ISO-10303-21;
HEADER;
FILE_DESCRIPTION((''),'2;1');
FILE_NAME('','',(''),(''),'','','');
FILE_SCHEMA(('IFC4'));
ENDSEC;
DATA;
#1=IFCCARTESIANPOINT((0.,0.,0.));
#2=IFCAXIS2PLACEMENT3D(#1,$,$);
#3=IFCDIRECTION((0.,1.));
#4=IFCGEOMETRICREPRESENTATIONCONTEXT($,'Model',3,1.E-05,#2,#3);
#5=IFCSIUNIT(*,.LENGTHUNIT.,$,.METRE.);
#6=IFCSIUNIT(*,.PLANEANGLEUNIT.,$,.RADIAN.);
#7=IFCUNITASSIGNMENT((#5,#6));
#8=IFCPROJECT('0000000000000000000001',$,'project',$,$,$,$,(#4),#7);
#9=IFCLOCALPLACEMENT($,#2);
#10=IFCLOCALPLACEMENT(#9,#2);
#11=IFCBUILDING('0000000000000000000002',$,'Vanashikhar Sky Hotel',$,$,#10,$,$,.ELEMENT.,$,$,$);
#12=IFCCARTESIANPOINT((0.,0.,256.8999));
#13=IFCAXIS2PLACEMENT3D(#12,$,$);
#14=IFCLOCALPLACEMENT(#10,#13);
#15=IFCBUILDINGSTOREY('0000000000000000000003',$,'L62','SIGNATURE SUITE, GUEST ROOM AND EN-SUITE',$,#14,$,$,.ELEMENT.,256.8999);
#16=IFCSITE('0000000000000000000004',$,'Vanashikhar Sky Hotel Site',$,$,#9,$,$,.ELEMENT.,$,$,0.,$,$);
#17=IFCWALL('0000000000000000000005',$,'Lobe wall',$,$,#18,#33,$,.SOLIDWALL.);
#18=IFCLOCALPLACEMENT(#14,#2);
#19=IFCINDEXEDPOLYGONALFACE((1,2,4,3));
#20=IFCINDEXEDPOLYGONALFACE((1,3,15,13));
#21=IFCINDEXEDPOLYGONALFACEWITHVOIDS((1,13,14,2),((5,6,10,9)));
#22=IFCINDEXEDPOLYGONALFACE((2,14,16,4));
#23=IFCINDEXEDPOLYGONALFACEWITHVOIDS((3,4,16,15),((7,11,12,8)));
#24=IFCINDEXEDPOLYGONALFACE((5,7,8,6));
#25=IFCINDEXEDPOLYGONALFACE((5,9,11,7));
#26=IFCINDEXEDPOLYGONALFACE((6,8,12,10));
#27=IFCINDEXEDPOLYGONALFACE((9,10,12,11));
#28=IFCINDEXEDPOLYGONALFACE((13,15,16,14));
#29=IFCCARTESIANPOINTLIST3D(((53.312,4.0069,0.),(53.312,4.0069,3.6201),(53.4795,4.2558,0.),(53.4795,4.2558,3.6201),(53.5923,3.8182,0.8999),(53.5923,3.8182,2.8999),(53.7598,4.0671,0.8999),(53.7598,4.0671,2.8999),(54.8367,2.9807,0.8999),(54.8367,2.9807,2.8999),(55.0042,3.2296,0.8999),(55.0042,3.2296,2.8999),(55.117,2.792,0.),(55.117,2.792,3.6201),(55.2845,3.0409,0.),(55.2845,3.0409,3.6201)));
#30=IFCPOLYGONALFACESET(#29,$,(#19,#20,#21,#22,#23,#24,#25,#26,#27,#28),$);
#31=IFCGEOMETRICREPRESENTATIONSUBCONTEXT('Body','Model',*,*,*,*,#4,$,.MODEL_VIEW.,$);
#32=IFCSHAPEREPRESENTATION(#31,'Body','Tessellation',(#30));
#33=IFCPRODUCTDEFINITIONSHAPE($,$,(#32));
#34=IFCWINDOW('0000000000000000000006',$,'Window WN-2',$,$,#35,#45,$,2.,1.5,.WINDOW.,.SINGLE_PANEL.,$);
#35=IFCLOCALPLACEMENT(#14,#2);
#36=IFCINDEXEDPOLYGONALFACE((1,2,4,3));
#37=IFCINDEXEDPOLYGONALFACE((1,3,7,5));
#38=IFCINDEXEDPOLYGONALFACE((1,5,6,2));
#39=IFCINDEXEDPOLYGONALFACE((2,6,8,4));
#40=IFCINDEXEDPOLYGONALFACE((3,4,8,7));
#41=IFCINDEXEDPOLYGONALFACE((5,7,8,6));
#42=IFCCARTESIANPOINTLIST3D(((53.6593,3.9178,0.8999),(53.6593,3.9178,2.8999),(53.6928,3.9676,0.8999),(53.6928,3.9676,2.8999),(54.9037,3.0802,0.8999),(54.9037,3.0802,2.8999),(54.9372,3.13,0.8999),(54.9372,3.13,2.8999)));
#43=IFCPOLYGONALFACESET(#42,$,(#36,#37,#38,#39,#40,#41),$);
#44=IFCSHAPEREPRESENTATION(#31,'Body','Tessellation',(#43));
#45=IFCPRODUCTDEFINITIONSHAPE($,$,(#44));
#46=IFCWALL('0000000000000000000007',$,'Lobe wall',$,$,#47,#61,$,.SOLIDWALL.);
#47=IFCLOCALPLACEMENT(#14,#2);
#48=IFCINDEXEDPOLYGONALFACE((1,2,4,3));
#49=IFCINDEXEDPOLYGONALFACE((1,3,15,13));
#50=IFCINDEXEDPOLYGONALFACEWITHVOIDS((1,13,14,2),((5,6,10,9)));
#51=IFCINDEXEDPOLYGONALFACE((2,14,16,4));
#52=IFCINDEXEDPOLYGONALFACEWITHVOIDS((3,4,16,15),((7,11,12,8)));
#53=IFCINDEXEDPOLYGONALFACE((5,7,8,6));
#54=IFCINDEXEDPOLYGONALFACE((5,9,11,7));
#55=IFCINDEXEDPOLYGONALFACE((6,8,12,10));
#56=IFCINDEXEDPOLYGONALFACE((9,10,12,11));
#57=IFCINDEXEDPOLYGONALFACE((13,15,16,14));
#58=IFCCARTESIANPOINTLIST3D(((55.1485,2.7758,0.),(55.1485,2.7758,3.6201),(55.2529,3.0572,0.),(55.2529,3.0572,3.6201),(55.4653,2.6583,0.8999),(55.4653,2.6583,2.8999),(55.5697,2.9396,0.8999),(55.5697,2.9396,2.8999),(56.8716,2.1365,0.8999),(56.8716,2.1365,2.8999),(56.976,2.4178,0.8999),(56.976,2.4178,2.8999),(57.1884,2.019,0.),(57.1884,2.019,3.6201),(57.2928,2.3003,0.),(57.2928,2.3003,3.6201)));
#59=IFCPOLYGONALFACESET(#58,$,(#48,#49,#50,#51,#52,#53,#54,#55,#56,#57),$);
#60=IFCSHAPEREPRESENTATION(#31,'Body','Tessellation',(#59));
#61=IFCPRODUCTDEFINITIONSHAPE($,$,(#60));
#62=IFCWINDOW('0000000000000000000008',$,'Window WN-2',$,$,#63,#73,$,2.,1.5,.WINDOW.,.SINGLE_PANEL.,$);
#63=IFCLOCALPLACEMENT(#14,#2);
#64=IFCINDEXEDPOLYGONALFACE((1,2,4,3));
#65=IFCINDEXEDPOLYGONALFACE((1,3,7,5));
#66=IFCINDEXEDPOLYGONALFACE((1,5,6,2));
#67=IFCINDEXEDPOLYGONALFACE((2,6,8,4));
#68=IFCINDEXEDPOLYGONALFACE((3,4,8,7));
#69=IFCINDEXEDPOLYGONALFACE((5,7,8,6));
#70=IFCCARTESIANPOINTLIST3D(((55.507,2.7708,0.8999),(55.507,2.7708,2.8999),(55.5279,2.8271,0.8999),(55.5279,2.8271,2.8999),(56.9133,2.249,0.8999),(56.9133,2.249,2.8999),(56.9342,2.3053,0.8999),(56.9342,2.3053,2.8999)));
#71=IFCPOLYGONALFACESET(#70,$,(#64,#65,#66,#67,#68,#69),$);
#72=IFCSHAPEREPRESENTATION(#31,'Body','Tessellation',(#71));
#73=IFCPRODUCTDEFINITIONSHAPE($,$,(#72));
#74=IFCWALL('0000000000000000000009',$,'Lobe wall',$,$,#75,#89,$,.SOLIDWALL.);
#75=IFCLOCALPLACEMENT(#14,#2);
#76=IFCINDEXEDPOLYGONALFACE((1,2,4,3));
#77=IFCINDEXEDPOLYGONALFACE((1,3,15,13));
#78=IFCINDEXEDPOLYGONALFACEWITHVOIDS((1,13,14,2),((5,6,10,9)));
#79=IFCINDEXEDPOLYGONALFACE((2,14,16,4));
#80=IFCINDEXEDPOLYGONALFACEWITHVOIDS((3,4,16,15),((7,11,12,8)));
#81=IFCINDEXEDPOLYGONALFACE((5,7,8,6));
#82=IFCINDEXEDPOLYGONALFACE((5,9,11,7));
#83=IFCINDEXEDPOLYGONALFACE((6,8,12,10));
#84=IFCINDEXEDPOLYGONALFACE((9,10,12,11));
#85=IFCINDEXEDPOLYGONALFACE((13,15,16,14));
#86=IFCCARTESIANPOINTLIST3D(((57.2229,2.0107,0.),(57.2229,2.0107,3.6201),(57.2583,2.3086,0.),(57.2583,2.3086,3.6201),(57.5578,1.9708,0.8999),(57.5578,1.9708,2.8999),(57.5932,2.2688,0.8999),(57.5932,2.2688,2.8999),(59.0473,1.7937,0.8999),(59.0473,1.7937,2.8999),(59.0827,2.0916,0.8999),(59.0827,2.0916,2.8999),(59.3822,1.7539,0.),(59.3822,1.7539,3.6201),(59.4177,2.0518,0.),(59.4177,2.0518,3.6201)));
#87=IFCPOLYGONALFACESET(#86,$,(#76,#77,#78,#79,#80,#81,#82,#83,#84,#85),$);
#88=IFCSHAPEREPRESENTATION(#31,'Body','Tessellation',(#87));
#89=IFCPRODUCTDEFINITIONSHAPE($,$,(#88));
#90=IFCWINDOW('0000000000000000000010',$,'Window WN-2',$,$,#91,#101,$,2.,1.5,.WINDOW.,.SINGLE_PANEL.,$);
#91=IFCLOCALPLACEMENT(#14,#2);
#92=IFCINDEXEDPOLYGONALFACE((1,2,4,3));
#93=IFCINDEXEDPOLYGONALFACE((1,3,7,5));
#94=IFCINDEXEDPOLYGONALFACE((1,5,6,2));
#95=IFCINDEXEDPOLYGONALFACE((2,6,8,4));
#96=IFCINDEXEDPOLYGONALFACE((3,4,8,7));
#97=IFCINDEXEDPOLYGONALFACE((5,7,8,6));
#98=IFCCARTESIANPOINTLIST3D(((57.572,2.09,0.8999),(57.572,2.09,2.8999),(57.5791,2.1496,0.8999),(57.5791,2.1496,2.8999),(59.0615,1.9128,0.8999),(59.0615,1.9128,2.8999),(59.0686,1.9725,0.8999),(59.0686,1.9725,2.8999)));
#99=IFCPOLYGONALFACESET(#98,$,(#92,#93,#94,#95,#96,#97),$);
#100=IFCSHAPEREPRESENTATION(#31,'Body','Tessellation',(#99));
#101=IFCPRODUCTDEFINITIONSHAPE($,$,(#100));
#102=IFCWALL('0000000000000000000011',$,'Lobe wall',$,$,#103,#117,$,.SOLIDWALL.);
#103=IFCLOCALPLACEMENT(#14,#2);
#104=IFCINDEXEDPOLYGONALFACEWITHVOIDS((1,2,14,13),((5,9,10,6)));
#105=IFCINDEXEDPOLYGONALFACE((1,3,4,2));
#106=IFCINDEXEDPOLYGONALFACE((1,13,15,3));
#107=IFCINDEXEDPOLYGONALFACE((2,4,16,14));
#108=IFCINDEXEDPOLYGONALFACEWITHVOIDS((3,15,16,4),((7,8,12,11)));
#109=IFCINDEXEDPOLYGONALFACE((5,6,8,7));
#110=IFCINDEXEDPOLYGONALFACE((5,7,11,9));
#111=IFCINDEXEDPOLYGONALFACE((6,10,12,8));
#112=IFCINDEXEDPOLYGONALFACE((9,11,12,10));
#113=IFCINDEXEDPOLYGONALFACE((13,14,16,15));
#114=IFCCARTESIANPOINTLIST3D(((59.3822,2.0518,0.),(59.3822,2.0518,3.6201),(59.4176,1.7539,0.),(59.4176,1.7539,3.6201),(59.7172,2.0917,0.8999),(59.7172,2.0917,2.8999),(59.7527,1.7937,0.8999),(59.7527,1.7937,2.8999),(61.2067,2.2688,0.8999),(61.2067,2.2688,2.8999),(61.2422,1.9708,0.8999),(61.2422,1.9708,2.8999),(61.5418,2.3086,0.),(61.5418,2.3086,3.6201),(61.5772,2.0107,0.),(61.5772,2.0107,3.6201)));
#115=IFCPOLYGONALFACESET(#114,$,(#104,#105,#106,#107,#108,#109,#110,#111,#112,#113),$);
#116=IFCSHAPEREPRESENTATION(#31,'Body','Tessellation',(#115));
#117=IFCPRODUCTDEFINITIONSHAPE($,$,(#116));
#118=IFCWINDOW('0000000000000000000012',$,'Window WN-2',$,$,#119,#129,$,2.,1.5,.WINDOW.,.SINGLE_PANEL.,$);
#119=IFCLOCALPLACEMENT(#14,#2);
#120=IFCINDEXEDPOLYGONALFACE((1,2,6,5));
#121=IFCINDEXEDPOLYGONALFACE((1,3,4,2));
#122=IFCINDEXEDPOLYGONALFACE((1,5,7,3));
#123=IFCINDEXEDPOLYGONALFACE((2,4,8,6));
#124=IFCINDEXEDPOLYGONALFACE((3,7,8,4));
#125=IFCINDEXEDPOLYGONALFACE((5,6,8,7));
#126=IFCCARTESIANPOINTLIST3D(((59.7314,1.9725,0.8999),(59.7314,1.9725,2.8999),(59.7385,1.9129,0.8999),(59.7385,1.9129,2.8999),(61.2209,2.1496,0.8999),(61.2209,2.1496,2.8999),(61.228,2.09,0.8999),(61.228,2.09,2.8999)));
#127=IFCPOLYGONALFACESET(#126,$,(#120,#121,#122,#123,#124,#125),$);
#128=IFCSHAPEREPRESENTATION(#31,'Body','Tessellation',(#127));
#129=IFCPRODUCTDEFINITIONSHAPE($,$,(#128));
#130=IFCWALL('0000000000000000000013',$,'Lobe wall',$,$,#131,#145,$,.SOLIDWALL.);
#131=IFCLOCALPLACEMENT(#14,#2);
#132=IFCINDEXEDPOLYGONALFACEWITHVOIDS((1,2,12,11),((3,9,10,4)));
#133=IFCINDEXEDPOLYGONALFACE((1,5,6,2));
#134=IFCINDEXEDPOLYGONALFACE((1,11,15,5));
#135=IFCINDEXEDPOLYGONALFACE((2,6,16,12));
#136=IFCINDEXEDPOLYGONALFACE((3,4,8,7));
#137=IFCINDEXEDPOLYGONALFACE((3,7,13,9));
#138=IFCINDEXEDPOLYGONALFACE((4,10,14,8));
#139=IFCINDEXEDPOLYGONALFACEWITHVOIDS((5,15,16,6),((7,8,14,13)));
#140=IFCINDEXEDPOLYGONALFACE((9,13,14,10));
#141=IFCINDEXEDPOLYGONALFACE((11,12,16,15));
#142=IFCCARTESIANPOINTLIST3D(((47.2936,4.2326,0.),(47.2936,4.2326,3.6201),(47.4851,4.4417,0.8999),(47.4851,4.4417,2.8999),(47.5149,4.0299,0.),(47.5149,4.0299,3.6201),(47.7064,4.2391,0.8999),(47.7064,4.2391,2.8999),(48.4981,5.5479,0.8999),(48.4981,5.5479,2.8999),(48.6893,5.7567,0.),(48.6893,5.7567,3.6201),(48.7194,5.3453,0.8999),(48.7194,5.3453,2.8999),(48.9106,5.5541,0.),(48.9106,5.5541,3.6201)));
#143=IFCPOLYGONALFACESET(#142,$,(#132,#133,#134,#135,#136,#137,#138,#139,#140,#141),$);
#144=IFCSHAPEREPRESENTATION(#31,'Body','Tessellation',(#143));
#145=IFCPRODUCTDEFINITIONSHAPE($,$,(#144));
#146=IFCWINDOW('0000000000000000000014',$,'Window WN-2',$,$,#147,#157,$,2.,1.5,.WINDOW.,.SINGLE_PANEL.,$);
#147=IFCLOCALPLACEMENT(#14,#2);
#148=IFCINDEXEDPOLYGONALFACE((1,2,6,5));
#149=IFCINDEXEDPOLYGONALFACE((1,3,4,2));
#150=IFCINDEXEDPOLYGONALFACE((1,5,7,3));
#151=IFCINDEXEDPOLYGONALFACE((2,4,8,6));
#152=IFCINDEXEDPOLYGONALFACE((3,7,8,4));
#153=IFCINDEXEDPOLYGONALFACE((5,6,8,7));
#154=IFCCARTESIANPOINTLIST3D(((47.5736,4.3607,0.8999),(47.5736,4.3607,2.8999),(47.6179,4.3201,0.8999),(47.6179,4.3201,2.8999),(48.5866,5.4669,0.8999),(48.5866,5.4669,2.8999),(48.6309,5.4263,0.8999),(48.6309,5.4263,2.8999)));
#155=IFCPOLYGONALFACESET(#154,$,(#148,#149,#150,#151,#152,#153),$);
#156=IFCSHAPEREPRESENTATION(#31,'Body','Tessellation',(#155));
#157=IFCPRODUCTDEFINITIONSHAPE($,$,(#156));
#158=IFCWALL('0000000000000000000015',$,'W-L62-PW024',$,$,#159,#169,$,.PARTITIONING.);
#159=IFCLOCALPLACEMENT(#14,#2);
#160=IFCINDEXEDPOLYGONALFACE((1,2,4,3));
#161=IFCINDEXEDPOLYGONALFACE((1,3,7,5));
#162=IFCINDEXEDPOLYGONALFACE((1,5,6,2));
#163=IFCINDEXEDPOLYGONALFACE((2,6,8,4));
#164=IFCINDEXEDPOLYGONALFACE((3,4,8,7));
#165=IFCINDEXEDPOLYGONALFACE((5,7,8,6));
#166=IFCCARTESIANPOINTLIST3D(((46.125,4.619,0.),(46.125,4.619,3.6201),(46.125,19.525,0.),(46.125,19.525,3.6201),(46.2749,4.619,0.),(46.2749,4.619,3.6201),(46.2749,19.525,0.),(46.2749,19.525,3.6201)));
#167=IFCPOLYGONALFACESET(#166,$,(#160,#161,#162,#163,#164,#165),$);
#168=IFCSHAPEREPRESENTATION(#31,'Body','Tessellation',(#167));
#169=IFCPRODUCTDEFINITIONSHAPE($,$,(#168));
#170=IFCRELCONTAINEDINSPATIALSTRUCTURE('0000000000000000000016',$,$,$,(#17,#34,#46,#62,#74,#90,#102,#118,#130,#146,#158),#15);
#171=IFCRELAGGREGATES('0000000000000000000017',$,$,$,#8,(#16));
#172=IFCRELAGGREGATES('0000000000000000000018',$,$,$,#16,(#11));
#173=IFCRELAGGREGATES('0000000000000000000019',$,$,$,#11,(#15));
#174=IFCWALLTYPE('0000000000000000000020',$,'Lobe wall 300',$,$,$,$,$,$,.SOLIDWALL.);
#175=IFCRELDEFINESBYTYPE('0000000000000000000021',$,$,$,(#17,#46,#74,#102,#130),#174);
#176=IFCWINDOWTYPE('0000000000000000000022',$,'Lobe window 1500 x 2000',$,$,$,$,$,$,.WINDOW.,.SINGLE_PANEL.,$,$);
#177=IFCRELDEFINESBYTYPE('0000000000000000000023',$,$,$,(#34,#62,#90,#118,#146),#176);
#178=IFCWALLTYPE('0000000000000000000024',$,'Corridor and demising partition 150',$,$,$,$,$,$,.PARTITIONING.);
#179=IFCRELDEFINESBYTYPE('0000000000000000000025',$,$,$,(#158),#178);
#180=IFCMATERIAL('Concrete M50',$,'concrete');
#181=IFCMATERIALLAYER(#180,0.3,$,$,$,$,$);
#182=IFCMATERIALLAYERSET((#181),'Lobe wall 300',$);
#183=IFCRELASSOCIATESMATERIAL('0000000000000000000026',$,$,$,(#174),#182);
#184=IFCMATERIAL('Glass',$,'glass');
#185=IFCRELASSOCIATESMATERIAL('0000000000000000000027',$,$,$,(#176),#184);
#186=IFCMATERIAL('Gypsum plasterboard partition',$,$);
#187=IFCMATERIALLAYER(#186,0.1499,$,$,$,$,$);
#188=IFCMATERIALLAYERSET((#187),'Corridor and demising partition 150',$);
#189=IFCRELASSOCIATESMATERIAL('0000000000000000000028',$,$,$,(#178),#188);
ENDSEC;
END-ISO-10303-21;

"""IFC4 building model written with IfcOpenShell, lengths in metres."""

from ifc_helpers import new_model, si_unit, direction, frame, frame_2d, origin, place, context, subcontext, project, spatial, rectangle, extrude, source, transform, mapped, material, layer, layer_set, type_object, element, fill, save


model = new_model("IFC4")

# Units and contexts
model_context = context("Model", 3, precision=1e-05, world=origin(), true_north=direction((0.0, 1.0)))
body_context = subcontext(model_context, "Body", "Model", "MODEL_VIEW")
ifc_project = project(units=[si_unit("LENGTHUNIT", "METRE"), si_unit("PLANEANGLEUNIT", "RADIAN")], contexts=[model_context])

# Site, building, storey
site_placement = place(None, origin())
site = spatial("IfcSite", under=ifc_project, at=site_placement, Name="Vanashikhar Sky Hotel Site", CompositionType="ELEMENT", RefElevation=0.0)
building_placement = place(site_placement, origin())
building = spatial("IfcBuilding", under=site, at=building_placement, Name="Vanashikhar Sky Hotel", CompositionType="ELEMENT")
storey_placement = place(building_placement, frame((0.0, 0.0, 256.8999)))
storey = spatial("IfcBuildingStorey", under=building, at=storey_placement, Name="L62", Description="SIGNATURE SUITE, GUEST ROOM AND EN-SUITE", CompositionType="ELEMENT", Elevation=256.8999)

# Walls, openings, windows
ifc_material_1 = material(Name="Concrete M50", Category="concrete")
ifc_layer_1 = layer(ifc_material_1, 0.3)
ifc_layer_set_1 = layer_set([ifc_layer_1], Name="Lobe wall 300")
wall_type_1 = type_object("IfcWallType", Name="Lobe wall 300", PredefinedType="SOLIDWALL", material=ifc_layer_set_1)
shared_shape_1 = source(origin(), body_context, "Body", "SweptSolid", [
    extrude(rectangle(XDim=2.1758, YDim=0.3, at=frame_2d((1.0879, 0.0))), origin(), (0.0, 0.0, 1.0), 3.6201),
])
wall_1_placement = place(storey_placement, frame((53.3958, 4.1313, 0.0), z_axis=(0.0, 0.0, 1.0), x_axis=(0.829591, -0.558372, 0.0)))
wall_1 = element("IfcWall", 1, at=wall_1_placement, inside=storey, type_object=wall_type_1, Name="Lobe wall", PredefinedType="SOLIDWALL", context=body_context, shape_type="MappedRepresentation", body=[
    mapped(shared_shape_1, transform((0.0, 0.0, 0.0), scale=1.0)),
])
shared_shape_2 = source(origin(), body_context, "Body", "SweptSolid", [
    extrude(rectangle(XDim=1.5, YDim=2.0, at=frame_2d((0.75, 1.0))), frame((0.0, 0.1602, 0.0), z_axis=(0.0, -1.0, 0.0), x_axis=(1.0, 0.0, 0.0)), (0.0, 0.0, 1.0), 0.3201),
])
opening_1_placement = place(wall_1_placement, frame((0.3379, 0.0, 0.8999)))
opening_1 = element("IfcOpeningElement", 2, at=opening_1_placement, cuts=wall_1, PredefinedType="OPENING", context=body_context, shape_type="MappedRepresentation", body=[
    mapped(shared_shape_2, transform((0.0, 0.0, 0.0), scale=1.0)),
])
ifc_material_2 = material(Name="Glass", Category="glass")
window_type = type_object("IfcWindowType", Name="Lobe window 1500 x 2000", PartitioningType="SINGLE_PANEL", PredefinedType="WINDOW", material=ifc_material_2)
shared_shape_3 = source(origin(), body_context, "Body", "SweptSolid", [
    extrude(rectangle(XDim=1.5, YDim=2.0, at=frame_2d((0.75, 1.0))), frame((0.0, 0.03, 0.0), z_axis=(0.0, -1.0, 0.0), x_axis=(1.0, 0.0, 0.0)), (0.0, 0.0, 1.0), 0.0601),
])
window_1_placement = place(opening_1_placement, origin())
window_1 = element("IfcWindow", 3, at=window_1_placement, inside=storey, type_object=window_type, Name="Window WN-2", OverallHeight=2.0, OverallWidth=1.5, PartitioningType="SINGLE_PANEL", PredefinedType="WINDOW", context=body_context, shape_type="MappedRepresentation", body=[
    mapped(shared_shape_3, transform((0.0, 0.0, 0.0), scale=1.0)),
])
fill(opening_1, window_1)
wall_2_placement = place(storey_placement, frame((55.2007, 2.9165, 0.0), z_axis=(0.0, 0.0, 1.0), x_axis=(0.937546, -0.347863, 0.0)))
wall_2 = element("IfcWall", 4, at=wall_2_placement, inside=storey, type_object=wall_type_1, Name="Lobe wall", PredefinedType="SOLIDWALL", context=body_context, shape_type="MappedRepresentation", body=[
    mapped(shared_shape_1, transform((0.0, 0.0, 0.0), scale=1.0)),
])
opening_2_placement = place(wall_2_placement, frame((0.3379, 0.0, 0.8999)))
opening_2 = element("IfcOpeningElement", 5, at=opening_2_placement, cuts=wall_2, PredefinedType="OPENING", context=body_context, shape_type="MappedRepresentation", body=[
    mapped(shared_shape_2, transform((0.0, 0.0, 0.0), scale=1.0)),
])
window_2_placement = place(opening_2_placement, origin())
window_2 = element("IfcWindow", 6, at=window_2_placement, inside=storey, type_object=window_type, Name="Window WN-2", OverallHeight=2.0, OverallWidth=1.5, PartitioningType="SINGLE_PANEL", PredefinedType="WINDOW", context=body_context, shape_type="MappedRepresentation", body=[
    mapped(shared_shape_3, transform((0.0, 0.0, 0.0), scale=1.0)),
])
fill(opening_2, window_2)
shared_shape_4 = source(origin(), body_context, "Body", "SweptSolid", [
    extrude(rectangle(XDim=2.1746, YDim=0.3, at=frame_2d((1.0874, 0.0))), origin(), (0.0, 0.0, 1.0), 3.6201),
])
wall_3_placement = place(storey_placement, frame((57.2405, 2.1597, 0.0), z_axis=(0.0, 0.0, 1.0), x_axis=(0.993001, -0.118105, 0.0)))
wall_3 = element("IfcWall", 7, at=wall_3_placement, inside=storey, type_object=wall_type_1, Name="Lobe wall", PredefinedType="SOLIDWALL", context=body_context, shape_type="MappedRepresentation", body=[
    mapped(shared_shape_4, transform((0.0, 0.0, 0.0), scale=1.0)),
])
opening_3_placement = place(wall_3_placement, frame((0.3374, 0.0, 0.8999)))
opening_3 = element("IfcOpeningElement", 8, at=opening_3_placement, cuts=wall_3, PredefinedType="OPENING", context=body_context, shape_type="MappedRepresentation", body=[
    mapped(shared_shape_2, transform((0.0, 0.0, 0.0), scale=1.0)),
])
window_3_placement = place(opening_3_placement, origin())
window_3 = element("IfcWindow", 9, at=window_3_placement, inside=storey, type_object=window_type, Name="Window WN-2", OverallHeight=2.0, OverallWidth=1.5, PartitioningType="SINGLE_PANEL", PredefinedType="WINDOW", context=body_context, shape_type="MappedRepresentation", body=[
    mapped(shared_shape_3, transform((0.0, 0.0, 0.0), scale=1.0)),
])
fill(opening_3, window_3)
shared_shape_5 = source(origin(), body_context, "Body", "SweptSolid", [
    extrude(rectangle(XDim=2.1748, YDim=0.3, at=frame_2d((1.0874, 0.0))), origin(), (0.0, 0.0, 1.0), 3.6201),
])
wall_4_placement = place(storey_placement, frame((59.3999, 1.9028, 0.0), z_axis=(0.0, 0.0, 1.0), x_axis=(0.993003, 0.118092, 0.0)))
wall_4 = element("IfcWall", 10, at=wall_4_placement, inside=storey, type_object=wall_type_1, Name="Lobe wall", PredefinedType="SOLIDWALL", context=body_context, shape_type="MappedRepresentation", body=[
    mapped(shared_shape_5, transform((0.0, 0.0, 0.0), scale=1.0)),
])
opening_4_placement = place(wall_4_placement, frame((0.3374, 0.0, 0.8999)))
opening_4 = element("IfcOpeningElement", 11, at=opening_4_placement, cuts=wall_4, PredefinedType="OPENING", context=body_context, shape_type="MappedRepresentation", body=[
    mapped(shared_shape_2, transform((0.0, 0.0, 0.0), scale=1.0)),
])
window_4_placement = place(opening_4_placement, origin())
window_4 = element("IfcWindow", 12, at=window_4_placement, inside=storey, type_object=window_type, Name="Window WN-2", OverallHeight=2.0, OverallWidth=1.5, PartitioningType="SINGLE_PANEL", PredefinedType="WINDOW", context=body_context, shape_type="MappedRepresentation", body=[
    mapped(shared_shape_3, transform((0.0, 0.0, 0.0), scale=1.0)),
])
fill(opening_4, window_4)
shared_shape_6 = source(origin(), body_context, "Body", "SweptSolid", [
    extrude(rectangle(XDim=2.0667, YDim=0.3, at=frame_2d((1.0332, 0.0))), origin(), (0.0, 0.0, 1.0), 3.6201),
])
wall_5_placement = place(storey_placement, frame((47.4043, 4.1313, 0.0), z_axis=(0.0, 0.0, 1.0), x_axis=(0.675355, 0.737492, 0.0)))
wall_5 = element("IfcWall", 13, at=wall_5_placement, inside=storey, type_object=wall_type_1, Name="Lobe wall", PredefinedType="SOLIDWALL", context=body_context, shape_type="MappedRepresentation", body=[
    mapped(shared_shape_6, transform((0.0, 0.0, 0.0), scale=1.0)),
])
opening_5_placement = place(wall_5_placement, frame((0.2834, 0.0, 0.8999)))
opening_5 = element("IfcOpeningElement", 14, at=opening_5_placement, cuts=wall_5, PredefinedType="OPENING", context=body_context, shape_type="MappedRepresentation", body=[
    mapped(shared_shape_2, transform((0.0, 0.0, 0.0), scale=1.0)),
])
window_5_placement = place(opening_5_placement, origin())
window_5 = element("IfcWindow", 15, at=window_5_placement, inside=storey, type_object=window_type, Name="Window WN-2", OverallHeight=2.0, OverallWidth=1.5, PartitioningType="SINGLE_PANEL", PredefinedType="WINDOW", context=body_context, shape_type="MappedRepresentation", body=[
    mapped(shared_shape_3, transform((0.0, 0.0, 0.0), scale=1.0)),
])
fill(opening_5, window_5)

# Wall
ifc_material_3 = material(Name="Gypsum plasterboard partition")
ifc_layer_2 = layer(ifc_material_3, 0.1499)
ifc_layer_set_2 = layer_set([ifc_layer_2], Name="Corridor and demising partition 150")
wall_type_2 = type_object("IfcWallType", Name="Corridor and demising partition 150", PredefinedType="PARTITIONING", material=ifc_layer_set_2)
shared_shape_7 = source(origin(), body_context, "Body", "SweptSolid", [
    extrude(rectangle(XDim=14.906, YDim=0.1499, at=frame_2d((7.4531, 0.0))), origin(), (0.0, 0.0, 1.0), 3.6201),
])
for number, where, z_axis, x_axis, name in (
    (16, (46.2, 4.6189, 0.0), (0.0, 0.0, 1.0), (0.0, 1.0, 0.0), "W-L62-PW024"),
):
    element("IfcWall", number, at=place(storey_placement, frame(where, z_axis=z_axis, x_axis=x_axis)), inside=storey, type_object=wall_type_2, Name=name, PredefinedType="PARTITIONING", context=body_context, shape_type="MappedRepresentation", body=[
        mapped(shared_shape_7, transform((0.0, 0.0, 0.0), scale=1.0)),
    ])

save(model, "model.ifc")
